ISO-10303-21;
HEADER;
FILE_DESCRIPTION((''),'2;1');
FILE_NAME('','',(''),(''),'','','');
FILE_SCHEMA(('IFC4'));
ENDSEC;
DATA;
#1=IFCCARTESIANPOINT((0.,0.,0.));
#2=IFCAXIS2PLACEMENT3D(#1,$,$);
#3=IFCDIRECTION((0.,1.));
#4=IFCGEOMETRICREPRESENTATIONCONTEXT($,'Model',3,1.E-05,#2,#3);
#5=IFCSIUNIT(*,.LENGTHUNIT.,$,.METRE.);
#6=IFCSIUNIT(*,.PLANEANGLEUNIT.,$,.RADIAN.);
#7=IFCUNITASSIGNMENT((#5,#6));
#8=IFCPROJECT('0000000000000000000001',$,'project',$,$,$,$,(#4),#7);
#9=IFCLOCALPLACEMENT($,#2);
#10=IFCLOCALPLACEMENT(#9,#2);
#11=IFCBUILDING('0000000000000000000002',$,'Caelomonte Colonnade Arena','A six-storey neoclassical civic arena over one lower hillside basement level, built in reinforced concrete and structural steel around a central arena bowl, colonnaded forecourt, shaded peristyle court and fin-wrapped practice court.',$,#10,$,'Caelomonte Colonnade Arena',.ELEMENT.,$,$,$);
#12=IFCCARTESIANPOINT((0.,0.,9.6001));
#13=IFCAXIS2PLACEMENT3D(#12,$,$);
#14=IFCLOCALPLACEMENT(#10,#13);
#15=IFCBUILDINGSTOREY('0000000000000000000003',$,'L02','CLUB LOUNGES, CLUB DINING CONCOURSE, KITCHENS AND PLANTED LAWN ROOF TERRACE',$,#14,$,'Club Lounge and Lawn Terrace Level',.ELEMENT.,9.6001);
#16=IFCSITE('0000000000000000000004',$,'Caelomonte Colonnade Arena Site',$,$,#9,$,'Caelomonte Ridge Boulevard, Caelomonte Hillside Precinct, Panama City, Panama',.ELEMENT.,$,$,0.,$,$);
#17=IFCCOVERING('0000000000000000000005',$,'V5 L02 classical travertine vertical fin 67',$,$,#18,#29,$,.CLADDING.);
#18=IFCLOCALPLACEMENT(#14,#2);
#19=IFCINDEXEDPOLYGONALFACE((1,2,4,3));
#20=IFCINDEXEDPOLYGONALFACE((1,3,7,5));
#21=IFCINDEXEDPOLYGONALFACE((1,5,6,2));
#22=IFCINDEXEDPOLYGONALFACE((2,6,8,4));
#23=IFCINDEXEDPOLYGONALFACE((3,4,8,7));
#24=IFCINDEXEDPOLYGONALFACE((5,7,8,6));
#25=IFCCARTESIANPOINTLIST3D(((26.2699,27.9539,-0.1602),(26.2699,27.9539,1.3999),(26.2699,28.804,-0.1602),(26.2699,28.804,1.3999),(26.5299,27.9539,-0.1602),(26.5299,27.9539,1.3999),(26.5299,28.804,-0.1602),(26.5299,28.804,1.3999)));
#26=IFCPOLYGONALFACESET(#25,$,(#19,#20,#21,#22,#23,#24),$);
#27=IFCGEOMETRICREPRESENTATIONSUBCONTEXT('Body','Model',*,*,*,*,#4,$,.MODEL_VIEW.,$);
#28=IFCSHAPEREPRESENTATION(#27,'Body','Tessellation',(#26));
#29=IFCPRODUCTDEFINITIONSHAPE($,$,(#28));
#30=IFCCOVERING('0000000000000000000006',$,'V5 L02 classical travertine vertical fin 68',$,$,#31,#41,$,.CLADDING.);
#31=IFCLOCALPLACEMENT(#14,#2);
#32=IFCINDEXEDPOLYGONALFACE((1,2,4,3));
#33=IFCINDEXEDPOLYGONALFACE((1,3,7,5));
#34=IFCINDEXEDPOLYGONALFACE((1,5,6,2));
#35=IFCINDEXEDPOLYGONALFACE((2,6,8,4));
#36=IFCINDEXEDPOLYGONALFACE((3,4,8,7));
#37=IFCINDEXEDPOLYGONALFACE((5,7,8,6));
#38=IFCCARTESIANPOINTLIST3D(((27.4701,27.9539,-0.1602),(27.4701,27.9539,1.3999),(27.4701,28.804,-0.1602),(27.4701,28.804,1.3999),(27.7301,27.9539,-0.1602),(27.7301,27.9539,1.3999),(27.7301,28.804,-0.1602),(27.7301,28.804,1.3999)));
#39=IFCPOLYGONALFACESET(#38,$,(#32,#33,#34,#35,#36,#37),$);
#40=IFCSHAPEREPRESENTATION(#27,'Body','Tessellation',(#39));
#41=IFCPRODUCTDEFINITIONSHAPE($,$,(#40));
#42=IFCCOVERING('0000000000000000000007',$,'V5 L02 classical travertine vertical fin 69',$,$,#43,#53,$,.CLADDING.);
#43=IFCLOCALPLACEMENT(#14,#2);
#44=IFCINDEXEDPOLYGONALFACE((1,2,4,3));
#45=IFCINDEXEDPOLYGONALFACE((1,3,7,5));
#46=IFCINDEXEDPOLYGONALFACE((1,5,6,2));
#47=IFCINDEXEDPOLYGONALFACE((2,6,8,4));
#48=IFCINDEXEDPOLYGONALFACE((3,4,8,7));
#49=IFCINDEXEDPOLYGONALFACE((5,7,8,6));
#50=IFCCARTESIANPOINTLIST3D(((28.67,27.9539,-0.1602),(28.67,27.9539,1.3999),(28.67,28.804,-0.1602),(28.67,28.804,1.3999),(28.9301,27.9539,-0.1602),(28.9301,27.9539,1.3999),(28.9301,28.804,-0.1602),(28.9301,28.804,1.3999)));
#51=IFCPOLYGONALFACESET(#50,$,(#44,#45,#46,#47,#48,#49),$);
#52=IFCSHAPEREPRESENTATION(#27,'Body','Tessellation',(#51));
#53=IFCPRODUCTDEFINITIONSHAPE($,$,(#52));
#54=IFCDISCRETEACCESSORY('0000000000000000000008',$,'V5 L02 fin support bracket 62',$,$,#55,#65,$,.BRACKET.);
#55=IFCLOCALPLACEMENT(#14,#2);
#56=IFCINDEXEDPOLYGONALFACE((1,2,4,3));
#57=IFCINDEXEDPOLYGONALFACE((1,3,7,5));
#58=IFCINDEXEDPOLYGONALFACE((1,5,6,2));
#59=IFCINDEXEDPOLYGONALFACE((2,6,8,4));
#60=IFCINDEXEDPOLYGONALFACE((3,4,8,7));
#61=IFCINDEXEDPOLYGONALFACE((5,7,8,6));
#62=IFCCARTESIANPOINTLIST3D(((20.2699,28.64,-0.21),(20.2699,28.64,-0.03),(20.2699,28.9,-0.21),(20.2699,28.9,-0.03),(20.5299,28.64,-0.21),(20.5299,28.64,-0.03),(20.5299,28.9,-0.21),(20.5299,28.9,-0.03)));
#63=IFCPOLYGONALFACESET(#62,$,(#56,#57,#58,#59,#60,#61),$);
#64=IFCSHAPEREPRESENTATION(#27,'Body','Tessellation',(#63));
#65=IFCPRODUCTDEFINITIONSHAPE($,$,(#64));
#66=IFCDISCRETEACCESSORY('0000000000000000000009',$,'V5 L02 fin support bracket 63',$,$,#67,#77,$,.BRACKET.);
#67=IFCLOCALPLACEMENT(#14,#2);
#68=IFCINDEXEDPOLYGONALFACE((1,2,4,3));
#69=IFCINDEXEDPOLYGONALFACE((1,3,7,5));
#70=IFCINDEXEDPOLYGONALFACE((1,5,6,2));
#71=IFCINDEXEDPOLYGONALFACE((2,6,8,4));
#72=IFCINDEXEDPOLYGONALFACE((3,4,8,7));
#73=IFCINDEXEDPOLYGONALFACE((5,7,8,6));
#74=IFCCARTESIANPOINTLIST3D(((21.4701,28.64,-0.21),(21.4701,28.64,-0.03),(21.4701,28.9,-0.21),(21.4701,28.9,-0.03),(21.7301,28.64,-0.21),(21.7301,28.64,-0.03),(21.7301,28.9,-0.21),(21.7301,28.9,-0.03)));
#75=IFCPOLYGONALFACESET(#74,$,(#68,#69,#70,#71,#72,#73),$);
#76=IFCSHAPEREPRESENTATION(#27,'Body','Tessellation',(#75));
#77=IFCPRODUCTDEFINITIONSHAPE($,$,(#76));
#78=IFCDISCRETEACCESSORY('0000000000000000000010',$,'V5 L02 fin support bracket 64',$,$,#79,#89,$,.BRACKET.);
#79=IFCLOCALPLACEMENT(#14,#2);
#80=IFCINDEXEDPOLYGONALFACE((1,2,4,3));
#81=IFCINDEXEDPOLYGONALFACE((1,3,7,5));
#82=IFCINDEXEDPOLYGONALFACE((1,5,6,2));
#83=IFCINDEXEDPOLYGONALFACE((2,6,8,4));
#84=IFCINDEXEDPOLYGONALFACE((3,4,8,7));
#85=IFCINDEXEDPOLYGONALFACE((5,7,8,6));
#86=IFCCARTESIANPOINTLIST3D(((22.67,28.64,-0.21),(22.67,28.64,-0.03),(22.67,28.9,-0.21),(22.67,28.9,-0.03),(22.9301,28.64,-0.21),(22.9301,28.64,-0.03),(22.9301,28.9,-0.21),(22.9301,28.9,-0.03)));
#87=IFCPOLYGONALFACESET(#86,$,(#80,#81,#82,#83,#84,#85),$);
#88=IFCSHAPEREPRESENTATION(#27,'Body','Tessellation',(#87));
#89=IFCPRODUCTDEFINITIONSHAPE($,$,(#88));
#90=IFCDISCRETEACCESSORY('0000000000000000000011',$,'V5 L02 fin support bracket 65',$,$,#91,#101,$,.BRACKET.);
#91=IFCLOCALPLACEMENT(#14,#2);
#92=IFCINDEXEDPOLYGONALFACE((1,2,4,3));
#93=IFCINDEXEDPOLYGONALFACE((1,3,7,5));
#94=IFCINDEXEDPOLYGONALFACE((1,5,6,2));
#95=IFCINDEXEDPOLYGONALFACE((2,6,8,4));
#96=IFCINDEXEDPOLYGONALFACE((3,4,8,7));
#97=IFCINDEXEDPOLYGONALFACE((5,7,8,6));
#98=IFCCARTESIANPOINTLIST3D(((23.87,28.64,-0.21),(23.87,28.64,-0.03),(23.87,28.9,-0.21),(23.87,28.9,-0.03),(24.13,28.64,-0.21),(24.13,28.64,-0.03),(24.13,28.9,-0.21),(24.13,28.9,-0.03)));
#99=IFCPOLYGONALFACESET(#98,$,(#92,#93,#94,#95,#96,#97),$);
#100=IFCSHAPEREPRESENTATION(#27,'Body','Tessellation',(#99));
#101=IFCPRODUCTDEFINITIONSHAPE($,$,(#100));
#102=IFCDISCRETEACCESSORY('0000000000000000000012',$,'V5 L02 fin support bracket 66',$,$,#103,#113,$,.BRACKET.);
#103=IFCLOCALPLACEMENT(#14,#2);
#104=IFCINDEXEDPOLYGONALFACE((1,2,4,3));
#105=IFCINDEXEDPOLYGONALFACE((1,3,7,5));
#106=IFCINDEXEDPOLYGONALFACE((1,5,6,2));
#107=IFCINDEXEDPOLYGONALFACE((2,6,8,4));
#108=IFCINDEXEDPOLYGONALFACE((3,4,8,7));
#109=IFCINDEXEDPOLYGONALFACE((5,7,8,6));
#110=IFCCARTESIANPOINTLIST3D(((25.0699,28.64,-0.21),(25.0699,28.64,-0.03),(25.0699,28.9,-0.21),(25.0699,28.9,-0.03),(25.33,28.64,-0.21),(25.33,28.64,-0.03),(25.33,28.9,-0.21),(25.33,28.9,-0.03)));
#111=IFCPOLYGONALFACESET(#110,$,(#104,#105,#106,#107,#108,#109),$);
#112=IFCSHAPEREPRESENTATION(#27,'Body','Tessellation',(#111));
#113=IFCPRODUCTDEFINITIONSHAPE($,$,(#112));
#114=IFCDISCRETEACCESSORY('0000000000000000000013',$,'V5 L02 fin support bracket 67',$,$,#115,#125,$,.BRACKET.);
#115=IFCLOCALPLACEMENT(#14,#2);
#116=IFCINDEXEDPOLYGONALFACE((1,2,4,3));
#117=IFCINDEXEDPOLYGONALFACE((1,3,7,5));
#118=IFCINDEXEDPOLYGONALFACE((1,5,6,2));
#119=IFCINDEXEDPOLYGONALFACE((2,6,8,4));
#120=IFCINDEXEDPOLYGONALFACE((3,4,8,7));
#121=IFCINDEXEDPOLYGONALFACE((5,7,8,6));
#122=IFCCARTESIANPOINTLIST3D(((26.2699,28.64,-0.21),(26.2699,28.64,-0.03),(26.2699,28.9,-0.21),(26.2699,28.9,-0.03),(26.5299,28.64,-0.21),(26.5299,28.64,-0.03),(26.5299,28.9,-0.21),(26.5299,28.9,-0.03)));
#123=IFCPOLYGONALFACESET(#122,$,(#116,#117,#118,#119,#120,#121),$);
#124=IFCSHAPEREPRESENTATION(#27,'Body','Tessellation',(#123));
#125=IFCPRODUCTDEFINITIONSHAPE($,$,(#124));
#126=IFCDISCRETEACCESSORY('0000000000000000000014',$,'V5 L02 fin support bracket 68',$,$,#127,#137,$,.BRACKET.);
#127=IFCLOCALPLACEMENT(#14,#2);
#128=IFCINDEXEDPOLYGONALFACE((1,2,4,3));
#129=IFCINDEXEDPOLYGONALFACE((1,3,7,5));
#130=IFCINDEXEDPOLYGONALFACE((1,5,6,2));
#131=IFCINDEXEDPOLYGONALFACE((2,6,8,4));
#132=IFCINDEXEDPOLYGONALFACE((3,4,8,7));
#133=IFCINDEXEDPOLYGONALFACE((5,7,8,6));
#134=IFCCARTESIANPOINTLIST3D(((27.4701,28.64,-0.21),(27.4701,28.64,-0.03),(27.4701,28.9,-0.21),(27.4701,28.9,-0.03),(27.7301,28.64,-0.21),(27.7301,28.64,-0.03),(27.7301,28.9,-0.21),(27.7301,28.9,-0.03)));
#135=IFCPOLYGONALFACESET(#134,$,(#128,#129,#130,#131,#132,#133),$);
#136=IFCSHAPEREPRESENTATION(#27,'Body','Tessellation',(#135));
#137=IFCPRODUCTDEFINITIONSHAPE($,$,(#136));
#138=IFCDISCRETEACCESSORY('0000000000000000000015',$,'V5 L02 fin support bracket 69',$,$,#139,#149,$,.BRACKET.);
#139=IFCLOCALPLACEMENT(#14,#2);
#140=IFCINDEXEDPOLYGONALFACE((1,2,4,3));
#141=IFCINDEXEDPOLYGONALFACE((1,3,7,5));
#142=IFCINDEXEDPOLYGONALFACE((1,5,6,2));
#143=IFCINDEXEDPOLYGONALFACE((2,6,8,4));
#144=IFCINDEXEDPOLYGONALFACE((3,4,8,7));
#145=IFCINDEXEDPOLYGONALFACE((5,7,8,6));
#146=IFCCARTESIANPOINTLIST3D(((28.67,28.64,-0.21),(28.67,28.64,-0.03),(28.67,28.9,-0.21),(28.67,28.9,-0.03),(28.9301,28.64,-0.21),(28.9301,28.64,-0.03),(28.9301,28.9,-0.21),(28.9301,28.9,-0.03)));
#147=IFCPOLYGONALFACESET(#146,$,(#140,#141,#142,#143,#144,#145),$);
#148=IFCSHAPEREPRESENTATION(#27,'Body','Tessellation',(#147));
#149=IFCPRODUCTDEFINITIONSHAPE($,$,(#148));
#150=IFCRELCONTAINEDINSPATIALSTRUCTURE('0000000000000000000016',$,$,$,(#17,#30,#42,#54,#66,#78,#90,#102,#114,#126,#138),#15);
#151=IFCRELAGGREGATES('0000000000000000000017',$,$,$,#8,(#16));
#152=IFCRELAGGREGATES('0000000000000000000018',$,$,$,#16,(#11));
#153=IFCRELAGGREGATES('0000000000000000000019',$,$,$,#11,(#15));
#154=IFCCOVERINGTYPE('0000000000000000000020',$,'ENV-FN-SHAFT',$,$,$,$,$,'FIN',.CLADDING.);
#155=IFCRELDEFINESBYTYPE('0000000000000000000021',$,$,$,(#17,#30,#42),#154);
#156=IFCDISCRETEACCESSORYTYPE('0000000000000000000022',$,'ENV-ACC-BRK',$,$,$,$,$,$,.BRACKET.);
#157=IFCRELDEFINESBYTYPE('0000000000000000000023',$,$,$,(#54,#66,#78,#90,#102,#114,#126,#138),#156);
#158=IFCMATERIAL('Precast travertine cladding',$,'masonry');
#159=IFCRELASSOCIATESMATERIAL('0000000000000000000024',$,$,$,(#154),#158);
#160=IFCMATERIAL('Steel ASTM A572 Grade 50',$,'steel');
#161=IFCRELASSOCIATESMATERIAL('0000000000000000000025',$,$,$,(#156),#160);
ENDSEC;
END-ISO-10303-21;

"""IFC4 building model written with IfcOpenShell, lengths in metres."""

from ifc_helpers import new_model, si_unit, direction, frame, origin, origin_2d, place, context, subcontext, project, spatial, rectangle, extrude, material, material_profile, profile_set, type_object, element, save


model = new_model("IFC4")

# Units and contexts
model_context = context("Model", 3, precision=1e-05, world=origin(), true_north=direction((0.0, 1.0)))
body_context = subcontext(model_context, "Body", "Model", "MODEL_VIEW")
ifc_project = project(units=[si_unit("LENGTHUNIT", "METRE"), si_unit("PLANEANGLEUNIT", "RADIAN")], contexts=[model_context])

# Site, building, storey
site_placement = place(None, origin())
site = spatial("IfcSite", under=ifc_project, at=site_placement, Name="Caelomonte Colonnade Arena Site", LongName="Caelomonte Ridge Boulevard, Caelomonte Hillside Precinct, Panama City, Panama", CompositionType="ELEMENT", RefElevation=0.0)
building_placement = place(site_placement, origin())
building = spatial("IfcBuilding", under=site, at=building_placement, Name="Caelomonte Colonnade Arena", Description="A six-storey neoclassical civic arena over one lower hillside basement level, built in reinforced concrete and structural steel around a central arena bowl, colonnaded forecourt, shaded peristyle court and fin-wrapped practice court.", LongName="Caelomonte Colonnade Arena", CompositionType="ELEMENT")
storey_placement = place(building_placement, frame((0.0, 0.0, 9.6001)))
storey = spatial("IfcBuildingStorey", under=building, at=storey_placement, Name="L02", Description="CLUB LOUNGES, CLUB DINING CONCOURSE, KITCHENS AND PLANTED LAWN ROOF TERRACE", LongName="Club Lounge and Lawn Terrace Level", CompositionType="ELEMENT", Elevation=9.6001)

# Coverings
ifc_material_1 = material(Name="Precast travertine cladding", Category="masonry")
ifc_material_profile_1 = material_profile(ifc_material_1, rectangle(XDim=0.26, YDim=0.8501, at=origin_2d()), Name="FIN260X850")
ifc_profile_set_1 = profile_set([ifc_material_profile_1], Name="Precast travertine cladding")
covering_type = type_object("IfcCoveringType", Name="ENV-FN-SHAFT", ElementType="FIN", PredefinedType="CLADDING", material=ifc_profile_set_1)
for number, where, z_axis, x_axis, name in (
    (1, (26.3999, 28.3789, -0.1602), (0.0, 0.0, 1.0), (-1.0, 0.0, 0.0), "V5 L02 classical travertine vertical fin 67"),
    (2, (27.6001, 28.3789, -0.1602), (0.0, 0.0, 1.0), (-1.0, 0.0, 0.0), "V5 L02 classical travertine vertical fin 68"),
    (3, (28.8, 28.3789, -0.1602), (0.0, 0.0, 1.0), (-1.0, 0.0, 0.0), "V5 L02 classical travertine vertical fin 69"),
):
    element("IfcCovering", number, at=place(storey_placement, frame(where, z_axis=z_axis, x_axis=x_axis)), inside=storey, type_object=covering_type, Name=name, PredefinedType="CLADDING", context=body_context, shape_type="SweptSolid", body=[
        extrude(rectangle(XDim=0.26, YDim=0.8501, at=origin_2d()), origin(), (0.0, 0.0, 1.0), 1.5601),
    ])

# Discrete accessories
ifc_material_2 = material(Name="Steel ASTM A572 Grade 50", Category="steel")
discrete_accessory_type = type_object("IfcDiscreteAccessoryType", Name="ENV-ACC-BRK", PredefinedType="BRACKET", material=ifc_material_2)
for number, where, z_axis, x_axis, name in (
    (4, (20.3999, 28.77, -0.21), (0.0, 0.0, 1.0), (1.0, 0.0, 0.0), "V5 L02 fin support bracket 62"),
    (5, (21.6001, 28.77, -0.21), (0.0, 0.0, 1.0), (1.0, 0.0, 0.0), "V5 L02 fin support bracket 63"),
    (6, (22.8, 28.77, -0.21), (0.0, 0.0, 1.0), (1.0, 0.0, 0.0), "V5 L02 fin support bracket 64"),
    (7, (24.0, 28.77, -0.21), (0.0, 0.0, 1.0), (1.0, 0.0, 0.0), "V5 L02 fin support bracket 65"),
    (8, (25.2, 28.77, -0.21), (0.0, 0.0, 1.0), (1.0, 0.0, 0.0), "V5 L02 fin support bracket 66"),
    (9, (26.3999, 28.77, -0.21), (0.0, 0.0, 1.0), (1.0, 0.0, 0.0), "V5 L02 fin support bracket 67"),
    (10, (27.6001, 28.77, -0.21), (0.0, 0.0, 1.0), (1.0, 0.0, 0.0), "V5 L02 fin support bracket 68"),
    (11, (28.8, 28.77, -0.21), (0.0, 0.0, 1.0), (1.0, 0.0, 0.0), "V5 L02 fin support bracket 69"),
):
    element("IfcDiscreteAccessory", number, at=place(storey_placement, frame(where, z_axis=z_axis, x_axis=x_axis)), inside=storey, type_object=discrete_accessory_type, Name=name, PredefinedType="BRACKET", context=body_context, shape_type="SweptSolid", body=[
        extrude(rectangle(XDim=0.26, YDim=0.26, at=origin_2d()), origin(), (0.0, 0.0, 1.0), 0.1799),
    ])

save(model, "model.ifc")
